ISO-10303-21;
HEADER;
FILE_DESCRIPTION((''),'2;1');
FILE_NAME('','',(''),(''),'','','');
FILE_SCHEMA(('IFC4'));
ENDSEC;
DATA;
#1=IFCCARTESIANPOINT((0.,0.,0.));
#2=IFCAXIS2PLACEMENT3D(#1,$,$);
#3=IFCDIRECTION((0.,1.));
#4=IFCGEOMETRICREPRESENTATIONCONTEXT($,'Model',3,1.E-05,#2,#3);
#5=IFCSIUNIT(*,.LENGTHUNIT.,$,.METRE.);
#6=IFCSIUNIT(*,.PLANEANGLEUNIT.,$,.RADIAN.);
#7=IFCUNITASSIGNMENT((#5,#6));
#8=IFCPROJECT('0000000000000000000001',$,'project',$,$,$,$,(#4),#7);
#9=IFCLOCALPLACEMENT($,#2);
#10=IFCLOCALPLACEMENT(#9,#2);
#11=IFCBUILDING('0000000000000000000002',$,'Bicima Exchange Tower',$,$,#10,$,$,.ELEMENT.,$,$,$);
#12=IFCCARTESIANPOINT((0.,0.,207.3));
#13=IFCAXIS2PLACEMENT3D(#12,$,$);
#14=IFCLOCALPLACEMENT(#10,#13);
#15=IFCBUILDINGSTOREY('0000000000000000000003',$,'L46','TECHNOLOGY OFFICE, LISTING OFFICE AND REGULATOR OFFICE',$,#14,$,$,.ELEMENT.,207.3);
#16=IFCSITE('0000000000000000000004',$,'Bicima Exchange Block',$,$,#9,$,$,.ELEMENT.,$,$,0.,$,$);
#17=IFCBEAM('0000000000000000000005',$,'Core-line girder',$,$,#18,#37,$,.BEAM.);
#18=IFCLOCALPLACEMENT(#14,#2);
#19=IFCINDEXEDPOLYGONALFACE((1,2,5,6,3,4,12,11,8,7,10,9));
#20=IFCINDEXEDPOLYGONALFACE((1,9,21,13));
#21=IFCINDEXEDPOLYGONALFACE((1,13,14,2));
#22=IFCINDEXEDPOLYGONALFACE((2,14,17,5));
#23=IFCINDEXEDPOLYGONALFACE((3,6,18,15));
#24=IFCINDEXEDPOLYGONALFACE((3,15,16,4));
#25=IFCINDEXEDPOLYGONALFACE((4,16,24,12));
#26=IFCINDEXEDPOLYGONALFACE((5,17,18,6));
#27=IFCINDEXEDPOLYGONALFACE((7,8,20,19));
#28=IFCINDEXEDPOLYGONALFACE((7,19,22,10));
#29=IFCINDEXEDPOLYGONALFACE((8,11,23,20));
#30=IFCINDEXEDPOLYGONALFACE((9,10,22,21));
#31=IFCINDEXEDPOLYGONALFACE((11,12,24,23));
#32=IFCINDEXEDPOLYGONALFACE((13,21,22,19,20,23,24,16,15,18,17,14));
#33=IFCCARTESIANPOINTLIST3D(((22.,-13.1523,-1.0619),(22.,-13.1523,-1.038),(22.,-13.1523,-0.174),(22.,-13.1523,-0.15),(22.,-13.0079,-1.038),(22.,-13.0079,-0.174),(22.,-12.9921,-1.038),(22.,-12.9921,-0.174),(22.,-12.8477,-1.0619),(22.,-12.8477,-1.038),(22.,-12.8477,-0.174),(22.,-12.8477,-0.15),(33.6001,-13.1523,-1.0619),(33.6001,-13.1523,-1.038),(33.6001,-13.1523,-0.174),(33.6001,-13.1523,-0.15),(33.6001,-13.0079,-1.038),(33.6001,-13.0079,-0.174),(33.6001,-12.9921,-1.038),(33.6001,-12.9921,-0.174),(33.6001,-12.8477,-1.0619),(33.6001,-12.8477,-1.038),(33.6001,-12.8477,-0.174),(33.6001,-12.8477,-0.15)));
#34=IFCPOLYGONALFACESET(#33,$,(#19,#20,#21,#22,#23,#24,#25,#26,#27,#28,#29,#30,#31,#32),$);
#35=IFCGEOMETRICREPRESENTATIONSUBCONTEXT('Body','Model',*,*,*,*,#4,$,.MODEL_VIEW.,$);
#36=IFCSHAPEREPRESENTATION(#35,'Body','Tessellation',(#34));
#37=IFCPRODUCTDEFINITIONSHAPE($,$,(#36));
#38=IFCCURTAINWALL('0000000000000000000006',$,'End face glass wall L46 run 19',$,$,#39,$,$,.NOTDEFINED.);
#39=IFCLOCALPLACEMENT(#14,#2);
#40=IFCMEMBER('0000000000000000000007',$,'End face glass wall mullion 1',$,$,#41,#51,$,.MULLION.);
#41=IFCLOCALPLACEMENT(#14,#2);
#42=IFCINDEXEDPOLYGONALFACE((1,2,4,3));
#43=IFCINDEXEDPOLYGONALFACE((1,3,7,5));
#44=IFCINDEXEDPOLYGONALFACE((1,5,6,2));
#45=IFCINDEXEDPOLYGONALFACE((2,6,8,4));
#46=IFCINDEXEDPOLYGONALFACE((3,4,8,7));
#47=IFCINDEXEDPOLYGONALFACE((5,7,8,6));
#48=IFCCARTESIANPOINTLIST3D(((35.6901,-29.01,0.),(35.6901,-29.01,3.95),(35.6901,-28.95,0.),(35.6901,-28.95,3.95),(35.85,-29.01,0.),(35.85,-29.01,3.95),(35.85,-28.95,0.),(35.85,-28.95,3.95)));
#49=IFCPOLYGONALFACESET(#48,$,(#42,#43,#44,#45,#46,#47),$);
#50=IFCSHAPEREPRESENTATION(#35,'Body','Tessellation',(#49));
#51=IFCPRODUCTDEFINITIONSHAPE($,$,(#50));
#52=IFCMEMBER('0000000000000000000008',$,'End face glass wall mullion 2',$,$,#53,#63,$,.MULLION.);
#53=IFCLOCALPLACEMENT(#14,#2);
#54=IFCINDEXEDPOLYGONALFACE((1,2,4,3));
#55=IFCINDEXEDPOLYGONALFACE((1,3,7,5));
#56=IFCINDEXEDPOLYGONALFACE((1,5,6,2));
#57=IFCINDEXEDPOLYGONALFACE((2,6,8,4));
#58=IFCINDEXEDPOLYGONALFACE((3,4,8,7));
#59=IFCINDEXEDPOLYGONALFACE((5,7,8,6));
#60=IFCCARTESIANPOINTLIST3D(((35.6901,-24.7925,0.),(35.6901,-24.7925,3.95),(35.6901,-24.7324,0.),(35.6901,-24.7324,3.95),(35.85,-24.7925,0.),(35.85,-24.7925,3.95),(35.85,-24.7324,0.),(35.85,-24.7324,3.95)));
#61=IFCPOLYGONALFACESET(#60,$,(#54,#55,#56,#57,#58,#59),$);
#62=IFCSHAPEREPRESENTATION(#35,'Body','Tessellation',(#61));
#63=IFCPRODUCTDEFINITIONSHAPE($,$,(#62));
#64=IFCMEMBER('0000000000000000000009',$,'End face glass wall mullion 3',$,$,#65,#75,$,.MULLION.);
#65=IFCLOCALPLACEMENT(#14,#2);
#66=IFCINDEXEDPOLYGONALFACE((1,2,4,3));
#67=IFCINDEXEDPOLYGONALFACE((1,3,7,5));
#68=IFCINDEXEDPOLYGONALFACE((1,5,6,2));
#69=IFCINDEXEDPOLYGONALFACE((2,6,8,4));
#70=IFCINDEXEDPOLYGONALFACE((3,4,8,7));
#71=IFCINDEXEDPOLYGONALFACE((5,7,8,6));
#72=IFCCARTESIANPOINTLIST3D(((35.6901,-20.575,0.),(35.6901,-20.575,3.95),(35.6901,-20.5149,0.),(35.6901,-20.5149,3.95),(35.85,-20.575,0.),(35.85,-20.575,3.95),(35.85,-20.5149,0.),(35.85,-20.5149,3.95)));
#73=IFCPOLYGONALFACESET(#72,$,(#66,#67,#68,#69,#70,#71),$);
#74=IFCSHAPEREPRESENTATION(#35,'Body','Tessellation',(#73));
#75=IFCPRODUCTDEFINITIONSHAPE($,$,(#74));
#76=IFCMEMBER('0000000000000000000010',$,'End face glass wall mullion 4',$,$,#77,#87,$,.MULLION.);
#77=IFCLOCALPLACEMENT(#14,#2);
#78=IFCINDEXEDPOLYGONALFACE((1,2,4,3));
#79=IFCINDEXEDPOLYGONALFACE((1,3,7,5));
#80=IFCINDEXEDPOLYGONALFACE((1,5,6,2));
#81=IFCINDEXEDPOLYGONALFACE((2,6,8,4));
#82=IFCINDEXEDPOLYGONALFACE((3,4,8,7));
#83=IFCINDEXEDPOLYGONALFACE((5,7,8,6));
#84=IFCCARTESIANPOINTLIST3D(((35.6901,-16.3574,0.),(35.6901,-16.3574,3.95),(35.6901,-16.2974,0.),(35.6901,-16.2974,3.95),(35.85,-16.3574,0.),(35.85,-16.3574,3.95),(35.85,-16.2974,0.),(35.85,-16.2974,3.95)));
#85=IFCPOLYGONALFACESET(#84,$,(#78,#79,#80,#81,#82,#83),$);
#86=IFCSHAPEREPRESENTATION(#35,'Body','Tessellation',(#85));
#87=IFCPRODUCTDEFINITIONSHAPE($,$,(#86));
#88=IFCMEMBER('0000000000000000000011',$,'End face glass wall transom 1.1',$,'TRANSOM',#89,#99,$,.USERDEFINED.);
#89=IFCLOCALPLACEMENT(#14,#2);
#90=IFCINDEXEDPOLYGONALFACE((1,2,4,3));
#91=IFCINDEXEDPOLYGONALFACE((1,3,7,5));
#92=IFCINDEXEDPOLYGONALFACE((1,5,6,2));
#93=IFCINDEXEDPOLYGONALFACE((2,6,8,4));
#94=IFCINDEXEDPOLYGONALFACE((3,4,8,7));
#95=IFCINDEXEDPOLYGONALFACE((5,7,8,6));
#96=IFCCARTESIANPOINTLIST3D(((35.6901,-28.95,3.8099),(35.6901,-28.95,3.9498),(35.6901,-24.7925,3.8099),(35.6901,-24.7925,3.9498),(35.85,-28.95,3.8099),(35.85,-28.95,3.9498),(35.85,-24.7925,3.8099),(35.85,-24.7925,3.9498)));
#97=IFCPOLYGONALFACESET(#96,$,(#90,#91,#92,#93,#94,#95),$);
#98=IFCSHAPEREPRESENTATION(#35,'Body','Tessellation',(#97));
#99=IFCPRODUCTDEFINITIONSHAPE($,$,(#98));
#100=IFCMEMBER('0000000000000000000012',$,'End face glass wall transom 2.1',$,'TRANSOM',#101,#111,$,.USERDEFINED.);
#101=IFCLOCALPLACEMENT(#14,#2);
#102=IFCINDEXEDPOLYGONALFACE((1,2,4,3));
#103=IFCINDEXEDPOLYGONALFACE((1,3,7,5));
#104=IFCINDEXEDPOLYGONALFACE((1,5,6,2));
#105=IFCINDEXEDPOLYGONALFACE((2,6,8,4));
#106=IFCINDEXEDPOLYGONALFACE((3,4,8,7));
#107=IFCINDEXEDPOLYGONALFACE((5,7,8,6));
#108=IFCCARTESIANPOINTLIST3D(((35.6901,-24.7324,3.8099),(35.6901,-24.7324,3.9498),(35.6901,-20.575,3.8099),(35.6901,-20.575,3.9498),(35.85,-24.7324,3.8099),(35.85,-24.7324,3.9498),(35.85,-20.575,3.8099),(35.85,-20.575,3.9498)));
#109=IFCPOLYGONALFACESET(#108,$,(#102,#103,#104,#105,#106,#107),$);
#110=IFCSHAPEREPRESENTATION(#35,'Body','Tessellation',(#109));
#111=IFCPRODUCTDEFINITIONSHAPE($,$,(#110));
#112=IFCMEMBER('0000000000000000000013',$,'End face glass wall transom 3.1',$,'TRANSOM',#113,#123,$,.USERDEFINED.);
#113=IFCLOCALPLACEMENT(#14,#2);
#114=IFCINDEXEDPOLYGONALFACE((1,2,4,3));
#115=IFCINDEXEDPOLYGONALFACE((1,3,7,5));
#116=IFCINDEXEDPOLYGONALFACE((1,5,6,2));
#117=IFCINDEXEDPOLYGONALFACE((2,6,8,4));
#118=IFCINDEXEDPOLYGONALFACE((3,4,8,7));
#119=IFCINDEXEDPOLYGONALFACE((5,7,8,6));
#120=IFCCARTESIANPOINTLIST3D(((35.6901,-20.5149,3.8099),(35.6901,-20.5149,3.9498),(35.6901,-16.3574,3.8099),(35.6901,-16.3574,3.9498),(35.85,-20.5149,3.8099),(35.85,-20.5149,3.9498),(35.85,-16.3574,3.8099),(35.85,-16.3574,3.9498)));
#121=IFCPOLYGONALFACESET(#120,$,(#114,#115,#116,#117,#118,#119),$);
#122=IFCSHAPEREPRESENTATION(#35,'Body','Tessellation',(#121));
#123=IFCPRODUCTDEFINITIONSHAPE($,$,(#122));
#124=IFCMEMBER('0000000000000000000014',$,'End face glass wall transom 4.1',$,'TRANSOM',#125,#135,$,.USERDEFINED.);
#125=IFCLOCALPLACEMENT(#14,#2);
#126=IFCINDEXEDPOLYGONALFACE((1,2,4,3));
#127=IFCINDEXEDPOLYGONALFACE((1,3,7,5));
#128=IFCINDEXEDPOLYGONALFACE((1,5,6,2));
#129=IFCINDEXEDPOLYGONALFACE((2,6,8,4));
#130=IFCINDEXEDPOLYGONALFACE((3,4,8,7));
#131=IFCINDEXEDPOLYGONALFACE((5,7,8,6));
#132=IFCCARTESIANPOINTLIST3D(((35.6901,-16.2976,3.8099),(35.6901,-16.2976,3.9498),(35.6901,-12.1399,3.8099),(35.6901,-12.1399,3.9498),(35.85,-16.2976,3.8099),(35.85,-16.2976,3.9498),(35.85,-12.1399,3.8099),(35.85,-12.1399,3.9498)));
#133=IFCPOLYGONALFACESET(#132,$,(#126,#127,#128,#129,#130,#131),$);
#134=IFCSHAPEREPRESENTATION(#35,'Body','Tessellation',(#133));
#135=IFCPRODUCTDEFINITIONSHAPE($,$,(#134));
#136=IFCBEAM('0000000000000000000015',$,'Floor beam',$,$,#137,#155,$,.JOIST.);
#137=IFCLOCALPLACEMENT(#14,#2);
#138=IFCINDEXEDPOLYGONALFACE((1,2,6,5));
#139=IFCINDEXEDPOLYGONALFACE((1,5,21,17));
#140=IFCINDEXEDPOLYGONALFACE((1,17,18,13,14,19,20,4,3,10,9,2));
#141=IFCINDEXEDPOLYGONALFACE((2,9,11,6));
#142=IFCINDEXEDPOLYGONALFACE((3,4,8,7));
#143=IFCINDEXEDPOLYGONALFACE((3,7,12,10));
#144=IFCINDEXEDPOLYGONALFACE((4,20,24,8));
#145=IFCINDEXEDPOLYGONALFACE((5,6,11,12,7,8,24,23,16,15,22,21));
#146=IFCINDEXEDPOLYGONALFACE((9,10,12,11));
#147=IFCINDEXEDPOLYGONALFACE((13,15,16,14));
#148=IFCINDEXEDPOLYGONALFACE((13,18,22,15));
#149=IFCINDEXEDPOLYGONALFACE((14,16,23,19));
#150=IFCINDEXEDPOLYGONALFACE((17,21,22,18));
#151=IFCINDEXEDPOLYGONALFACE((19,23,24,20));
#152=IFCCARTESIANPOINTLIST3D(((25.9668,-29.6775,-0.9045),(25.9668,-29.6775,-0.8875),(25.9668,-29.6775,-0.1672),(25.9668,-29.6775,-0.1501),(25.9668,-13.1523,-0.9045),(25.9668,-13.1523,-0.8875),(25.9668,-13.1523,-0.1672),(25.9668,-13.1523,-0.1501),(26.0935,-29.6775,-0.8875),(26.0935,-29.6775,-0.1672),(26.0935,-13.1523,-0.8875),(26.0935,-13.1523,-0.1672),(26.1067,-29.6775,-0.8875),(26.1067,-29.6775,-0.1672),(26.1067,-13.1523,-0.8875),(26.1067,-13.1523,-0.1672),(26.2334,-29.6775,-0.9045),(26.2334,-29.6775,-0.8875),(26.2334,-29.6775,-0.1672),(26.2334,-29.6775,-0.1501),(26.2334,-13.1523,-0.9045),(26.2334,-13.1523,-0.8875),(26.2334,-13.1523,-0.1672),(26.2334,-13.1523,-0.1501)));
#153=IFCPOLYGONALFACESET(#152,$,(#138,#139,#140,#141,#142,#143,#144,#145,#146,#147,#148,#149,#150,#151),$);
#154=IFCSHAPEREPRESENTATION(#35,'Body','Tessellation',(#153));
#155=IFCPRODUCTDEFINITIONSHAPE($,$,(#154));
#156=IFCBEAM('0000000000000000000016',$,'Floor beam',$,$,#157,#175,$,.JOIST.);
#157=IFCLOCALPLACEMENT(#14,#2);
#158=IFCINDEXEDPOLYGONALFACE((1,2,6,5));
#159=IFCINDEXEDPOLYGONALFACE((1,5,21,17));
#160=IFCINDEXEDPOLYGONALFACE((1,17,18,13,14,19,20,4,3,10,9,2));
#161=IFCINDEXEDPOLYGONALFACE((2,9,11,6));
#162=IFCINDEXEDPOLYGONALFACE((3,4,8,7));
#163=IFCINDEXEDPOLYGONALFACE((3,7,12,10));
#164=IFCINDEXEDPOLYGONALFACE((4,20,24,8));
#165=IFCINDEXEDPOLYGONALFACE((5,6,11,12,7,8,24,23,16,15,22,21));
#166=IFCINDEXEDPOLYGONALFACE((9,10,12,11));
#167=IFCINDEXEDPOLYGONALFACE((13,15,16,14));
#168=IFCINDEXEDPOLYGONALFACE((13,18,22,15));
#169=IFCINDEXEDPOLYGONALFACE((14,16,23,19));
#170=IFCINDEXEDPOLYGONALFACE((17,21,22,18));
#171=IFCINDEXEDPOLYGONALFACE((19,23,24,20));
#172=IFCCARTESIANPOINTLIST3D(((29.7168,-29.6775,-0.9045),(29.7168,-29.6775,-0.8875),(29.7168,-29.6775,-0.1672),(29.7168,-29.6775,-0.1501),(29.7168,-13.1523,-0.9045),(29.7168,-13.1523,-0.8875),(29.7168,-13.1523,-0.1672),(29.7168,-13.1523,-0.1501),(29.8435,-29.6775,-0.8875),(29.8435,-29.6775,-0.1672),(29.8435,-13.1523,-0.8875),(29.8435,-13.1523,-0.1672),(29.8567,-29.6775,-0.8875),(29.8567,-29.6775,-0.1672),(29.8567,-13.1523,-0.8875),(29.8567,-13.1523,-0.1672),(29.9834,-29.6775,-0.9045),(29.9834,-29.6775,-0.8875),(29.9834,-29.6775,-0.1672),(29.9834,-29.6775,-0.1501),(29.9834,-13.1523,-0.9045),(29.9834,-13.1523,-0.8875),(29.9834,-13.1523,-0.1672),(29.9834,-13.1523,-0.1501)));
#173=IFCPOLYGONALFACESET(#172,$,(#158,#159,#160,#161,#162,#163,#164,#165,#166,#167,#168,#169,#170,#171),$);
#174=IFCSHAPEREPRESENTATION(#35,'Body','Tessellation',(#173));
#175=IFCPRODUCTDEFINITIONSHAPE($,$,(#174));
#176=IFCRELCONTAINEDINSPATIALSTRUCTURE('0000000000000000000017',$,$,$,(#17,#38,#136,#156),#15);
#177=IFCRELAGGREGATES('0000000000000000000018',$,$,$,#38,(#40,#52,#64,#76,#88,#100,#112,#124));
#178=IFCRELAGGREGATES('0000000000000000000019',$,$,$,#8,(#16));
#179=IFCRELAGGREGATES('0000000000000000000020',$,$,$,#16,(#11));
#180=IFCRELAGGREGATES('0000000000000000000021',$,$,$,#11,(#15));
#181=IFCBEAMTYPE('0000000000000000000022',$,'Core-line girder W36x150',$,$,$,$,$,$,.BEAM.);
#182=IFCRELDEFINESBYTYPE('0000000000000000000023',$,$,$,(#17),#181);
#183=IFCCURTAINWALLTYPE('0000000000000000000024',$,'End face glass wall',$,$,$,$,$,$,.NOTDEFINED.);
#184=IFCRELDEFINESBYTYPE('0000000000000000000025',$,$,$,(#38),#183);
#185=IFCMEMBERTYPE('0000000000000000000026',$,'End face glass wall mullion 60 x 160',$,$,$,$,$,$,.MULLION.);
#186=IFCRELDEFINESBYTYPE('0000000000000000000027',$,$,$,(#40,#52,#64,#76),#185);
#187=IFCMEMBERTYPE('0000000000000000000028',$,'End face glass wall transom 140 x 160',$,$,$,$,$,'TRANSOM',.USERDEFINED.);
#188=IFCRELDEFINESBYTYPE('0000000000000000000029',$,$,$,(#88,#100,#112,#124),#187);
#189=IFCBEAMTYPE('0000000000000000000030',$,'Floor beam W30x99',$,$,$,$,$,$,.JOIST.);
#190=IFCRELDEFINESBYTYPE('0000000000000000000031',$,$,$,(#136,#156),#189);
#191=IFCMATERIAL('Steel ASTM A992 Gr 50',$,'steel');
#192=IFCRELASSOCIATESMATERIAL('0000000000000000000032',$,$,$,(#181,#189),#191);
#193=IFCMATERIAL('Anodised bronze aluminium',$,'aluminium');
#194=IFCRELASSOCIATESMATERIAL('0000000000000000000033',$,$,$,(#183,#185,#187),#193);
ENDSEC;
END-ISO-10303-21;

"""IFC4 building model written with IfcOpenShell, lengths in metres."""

from ifc_helpers import new_model, si_unit, direction, frame, origin, origin_2d, place, context, subcontext, project, spatial, rectangle, i_section, extrude, material, material_profile, profile_set, type_object, element, aggregate, save


model = new_model("IFC4")

# Units and contexts
model_context = context("Model", 3, precision=1e-05, world=origin(), true_north=direction((0.0, 1.0)))
body_context = subcontext(model_context, "Body", "Model", "MODEL_VIEW")
ifc_project = project(units=[si_unit("LENGTHUNIT", "METRE"), si_unit("PLANEANGLEUNIT", "RADIAN")], contexts=[model_context])

# Site, building, storey
site_placement = place(None, origin())
site = spatial("IfcSite", under=ifc_project, at=site_placement, Name="Bicima Exchange Block", CompositionType="ELEMENT", RefElevation=0.0)
building_placement = place(site_placement, origin())
building = spatial("IfcBuilding", under=site, at=building_placement, Name="Bicima Exchange Tower", CompositionType="ELEMENT")
storey_placement = place(building_placement, frame((0.0, 0.0, 207.3)))
storey = spatial("IfcBuildingStorey", under=building, at=storey_placement, Name="L46", Description="TECHNOLOGY OFFICE, LISTING OFFICE AND REGULATOR OFFICE", CompositionType="ELEMENT", Elevation=207.3)

# Beam
ifc_material_1 = material(Name="Steel ASTM A992 Gr 50", Category="steel")
ifc_material_profile_1 = material_profile(ifc_material_1, i_section(OverallWidth=0.3047, OverallDepth=0.9119, WebThickness=0.0159, FlangeThickness=0.0239, at=origin_2d()))
ifc_profile_set_1 = profile_set([ifc_material_profile_1], Name="Steel ASTM A992 Gr 50")
beam_type_1 = type_object("IfcBeamType", Name="Core-line girder W36x150", PredefinedType="BEAM", material=ifc_profile_set_1)
beam_1_placement = place(storey_placement, frame((22.0, -13.0, -0.606), z_axis=(1.0, 0.0, 0.0), x_axis=(0.0, 1.0, 0.0)))
element("IfcBeam", 1, at=beam_1_placement, inside=storey, type_object=beam_type_1, Name="Core-line girder", PredefinedType="BEAM", context=body_context, shape_type="SweptSolid", body=[
    extrude(i_section(OverallWidth=0.3047, OverallDepth=0.9119, WebThickness=0.0159, FlangeThickness=0.0239, at=origin_2d()), origin(), (0.0, 0.0, 1.0), 11.6001),
])

# Curtain wall, members
ifc_material_2 = material(Name="Anodised bronze aluminium", Category="aluminium")
curtain_wall_type_1 = type_object("IfcCurtainWallType", Name="End face glass wall", PredefinedType="NOTDEFINED", material=ifc_material_2)
curtain_wall_1_placement = place(storey_placement, origin())
curtain_wall_1 = element("IfcCurtainWall", 2, at=curtain_wall_1_placement, inside=storey, type_object=curtain_wall_type_1, Name="End face glass wall L46 run 19", PredefinedType="NOTDEFINED")
ifc_material_profile_2 = material_profile(ifc_material_2, rectangle(XDim=0.1599, YDim=0.0601, at=origin_2d()))
ifc_profile_set_2 = profile_set([ifc_material_profile_2], Name="Anodised bronze aluminium")
member_type_1 = type_object("IfcMemberType", Name="End face glass wall mullion 60 x 160", PredefinedType="MULLION", material=ifc_profile_set_2)
member_1_placement = place(storey_placement, frame((35.77, -28.98, 0.0), z_axis=(0.0, 0.0, 1.0), x_axis=(-1.0, 0.0, 0.0)))
member_1 = element("IfcMember", 3, at=member_1_placement, type_object=member_type_1, Name="End face glass wall mullion 1", PredefinedType="MULLION", context=body_context, shape_type="SweptSolid", body=[
    extrude(rectangle(XDim=0.1599, YDim=0.0601, at=origin_2d()), origin(), (0.0, 0.0, 1.0), 3.95),
])
member_2_placement = place(storey_placement, frame((35.77, -24.7625, 0.0), z_axis=(0.0, 0.0, 1.0), x_axis=(-1.0, 0.0, 0.0)))
member_2 = element("IfcMember", 4, at=member_2_placement, type_object=member_type_1, Name="End face glass wall mullion 2", PredefinedType="MULLION", context=body_context, shape_type="SweptSolid", body=[
    extrude(rectangle(XDim=0.1599, YDim=0.0601, at=origin_2d()), origin(), (0.0, 0.0, 1.0), 3.95),
])
member_3_placement = place(storey_placement, frame((35.77, -20.5449, 0.0), z_axis=(0.0, 0.0, 1.0), x_axis=(-1.0, 0.0, 0.0)))
member_3 = element("IfcMember", 5, at=member_3_placement, type_object=member_type_1, Name="End face glass wall mullion 3", PredefinedType="MULLION", context=body_context, shape_type="SweptSolid", body=[
    extrude(rectangle(XDim=0.1599, YDim=0.0601, at=origin_2d()), origin(), (0.0, 0.0, 1.0), 3.95),
])
member_4_placement = place(storey_placement, frame((35.77, -16.3274, 0.0), z_axis=(0.0, 0.0, 1.0), x_axis=(-1.0, 0.0, 0.0)))
member_4 = element("IfcMember", 6, at=member_4_placement, type_object=member_type_1, Name="End face glass wall mullion 4", PredefinedType="MULLION", context=body_context, shape_type="SweptSolid", body=[
    extrude(rectangle(XDim=0.1599, YDim=0.0601, at=origin_2d()), origin(), (0.0, 0.0, 1.0), 3.95),
])
ifc_material_profile_3 = material_profile(ifc_material_2, rectangle(XDim=0.1599, YDim=0.1399, at=origin_2d()))
ifc_profile_set_3 = profile_set([ifc_material_profile_3], Name="Anodised bronze aluminium")
member_type_2 = type_object("IfcMemberType", Name="End face glass wall transom 140 x 160", ElementType="TRANSOM", PredefinedType="USERDEFINED", material=ifc_profile_set_3)
member_5_placement = place(storey_placement, frame((35.77, -28.95, 3.8799), z_axis=(0.0, 1.0, 0.0), x_axis=(-1.0, 0.0, 0.0)))
member_5 = element("IfcMember", 7, at=member_5_placement, type_object=member_type_2, Name="End face glass wall transom 1.1", ObjectType="TRANSOM", PredefinedType="USERDEFINED", context=body_context, shape_type="SweptSolid", body=[
    extrude(rectangle(XDim=0.1599, YDim=0.1399, at=origin_2d()), origin(), (0.0, 0.0, 1.0), 4.1575),
])
member_6_placement = place(storey_placement, frame((35.77, -24.7324, 3.8799), z_axis=(0.0, 1.0, 0.0), x_axis=(-1.0, 0.0, 0.0)))
member_6 = element("IfcMember", 8, at=member_6_placement, type_object=member_type_2, Name="End face glass wall transom 2.1", ObjectType="TRANSOM", PredefinedType="USERDEFINED", context=body_context, shape_type="SweptSolid", body=[
    extrude(rectangle(XDim=0.1599, YDim=0.1399, at=origin_2d()), origin(), (0.0, 0.0, 1.0), 4.1575),
])
member_7_placement = place(storey_placement, frame((35.77, -20.5149, 3.8799), z_axis=(0.0, 1.0, 0.0), x_axis=(-1.0, 0.0, 0.0)))
member_7 = element("IfcMember", 9, at=member_7_placement, type_object=member_type_2, Name="End face glass wall transom 3.1", ObjectType="TRANSOM", PredefinedType="USERDEFINED", context=body_context, shape_type="SweptSolid", body=[
    extrude(rectangle(XDim=0.1599, YDim=0.1399, at=origin_2d()), origin(), (0.0, 0.0, 1.0), 4.1575),
])
member_8_placement = place(storey_placement, frame((35.77, -16.2976, 3.8799), z_axis=(0.0, 1.0, 0.0), x_axis=(-1.0, 0.0, 0.0)))
member_8 = element("IfcMember", 10, at=member_8_placement, type_object=member_type_2, Name="End face glass wall transom 4.1", ObjectType="TRANSOM", PredefinedType="USERDEFINED", context=body_context, shape_type="SweptSolid", body=[
    extrude(rectangle(XDim=0.1599, YDim=0.1399, at=origin_2d()), origin(), (0.0, 0.0, 1.0), 4.1577),
])

# Beams
ifc_material_profile_4 = material_profile(ifc_material_1, i_section(OverallWidth=0.2666, OverallDepth=0.7544, WebThickness=0.0132, FlangeThickness=0.0171, at=origin_2d()))
ifc_profile_set_4 = profile_set([ifc_material_profile_4], Name="Steel ASTM A992 Gr 50")
beam_type_2 = type_object("IfcBeamType", Name="Floor beam W30x99", PredefinedType="JOIST", material=ifc_profile_set_4)
for number, where, z_axis, x_axis, name in (
    (11, (26.1001, -13.1523, -0.5273), (0.0, -1.0, 0.0), (1.0, 0.0, 0.0), "Floor beam"),
    (12, (29.8501, -13.1523, -0.5273), (0.0, -1.0, 0.0), (1.0, 0.0, 0.0), "Floor beam"),
):
    element("IfcBeam", number, at=place(storey_placement, frame(where, z_axis=z_axis, x_axis=x_axis)), inside=storey, type_object=beam_type_2, Name=name, PredefinedType="JOIST", context=body_context, shape_type="SweptSolid", body=[
        extrude(i_section(OverallWidth=0.2666, OverallDepth=0.7544, WebThickness=0.0132, FlangeThickness=0.0171, at=origin_2d()), origin(), (0.0, 0.0, 1.0), 16.5251),
    ])

aggregate(curtain_wall_1, [member_1, member_2, member_3, member_4, member_5, member_6, member_7, member_8])

save(model, "model.ifc")
